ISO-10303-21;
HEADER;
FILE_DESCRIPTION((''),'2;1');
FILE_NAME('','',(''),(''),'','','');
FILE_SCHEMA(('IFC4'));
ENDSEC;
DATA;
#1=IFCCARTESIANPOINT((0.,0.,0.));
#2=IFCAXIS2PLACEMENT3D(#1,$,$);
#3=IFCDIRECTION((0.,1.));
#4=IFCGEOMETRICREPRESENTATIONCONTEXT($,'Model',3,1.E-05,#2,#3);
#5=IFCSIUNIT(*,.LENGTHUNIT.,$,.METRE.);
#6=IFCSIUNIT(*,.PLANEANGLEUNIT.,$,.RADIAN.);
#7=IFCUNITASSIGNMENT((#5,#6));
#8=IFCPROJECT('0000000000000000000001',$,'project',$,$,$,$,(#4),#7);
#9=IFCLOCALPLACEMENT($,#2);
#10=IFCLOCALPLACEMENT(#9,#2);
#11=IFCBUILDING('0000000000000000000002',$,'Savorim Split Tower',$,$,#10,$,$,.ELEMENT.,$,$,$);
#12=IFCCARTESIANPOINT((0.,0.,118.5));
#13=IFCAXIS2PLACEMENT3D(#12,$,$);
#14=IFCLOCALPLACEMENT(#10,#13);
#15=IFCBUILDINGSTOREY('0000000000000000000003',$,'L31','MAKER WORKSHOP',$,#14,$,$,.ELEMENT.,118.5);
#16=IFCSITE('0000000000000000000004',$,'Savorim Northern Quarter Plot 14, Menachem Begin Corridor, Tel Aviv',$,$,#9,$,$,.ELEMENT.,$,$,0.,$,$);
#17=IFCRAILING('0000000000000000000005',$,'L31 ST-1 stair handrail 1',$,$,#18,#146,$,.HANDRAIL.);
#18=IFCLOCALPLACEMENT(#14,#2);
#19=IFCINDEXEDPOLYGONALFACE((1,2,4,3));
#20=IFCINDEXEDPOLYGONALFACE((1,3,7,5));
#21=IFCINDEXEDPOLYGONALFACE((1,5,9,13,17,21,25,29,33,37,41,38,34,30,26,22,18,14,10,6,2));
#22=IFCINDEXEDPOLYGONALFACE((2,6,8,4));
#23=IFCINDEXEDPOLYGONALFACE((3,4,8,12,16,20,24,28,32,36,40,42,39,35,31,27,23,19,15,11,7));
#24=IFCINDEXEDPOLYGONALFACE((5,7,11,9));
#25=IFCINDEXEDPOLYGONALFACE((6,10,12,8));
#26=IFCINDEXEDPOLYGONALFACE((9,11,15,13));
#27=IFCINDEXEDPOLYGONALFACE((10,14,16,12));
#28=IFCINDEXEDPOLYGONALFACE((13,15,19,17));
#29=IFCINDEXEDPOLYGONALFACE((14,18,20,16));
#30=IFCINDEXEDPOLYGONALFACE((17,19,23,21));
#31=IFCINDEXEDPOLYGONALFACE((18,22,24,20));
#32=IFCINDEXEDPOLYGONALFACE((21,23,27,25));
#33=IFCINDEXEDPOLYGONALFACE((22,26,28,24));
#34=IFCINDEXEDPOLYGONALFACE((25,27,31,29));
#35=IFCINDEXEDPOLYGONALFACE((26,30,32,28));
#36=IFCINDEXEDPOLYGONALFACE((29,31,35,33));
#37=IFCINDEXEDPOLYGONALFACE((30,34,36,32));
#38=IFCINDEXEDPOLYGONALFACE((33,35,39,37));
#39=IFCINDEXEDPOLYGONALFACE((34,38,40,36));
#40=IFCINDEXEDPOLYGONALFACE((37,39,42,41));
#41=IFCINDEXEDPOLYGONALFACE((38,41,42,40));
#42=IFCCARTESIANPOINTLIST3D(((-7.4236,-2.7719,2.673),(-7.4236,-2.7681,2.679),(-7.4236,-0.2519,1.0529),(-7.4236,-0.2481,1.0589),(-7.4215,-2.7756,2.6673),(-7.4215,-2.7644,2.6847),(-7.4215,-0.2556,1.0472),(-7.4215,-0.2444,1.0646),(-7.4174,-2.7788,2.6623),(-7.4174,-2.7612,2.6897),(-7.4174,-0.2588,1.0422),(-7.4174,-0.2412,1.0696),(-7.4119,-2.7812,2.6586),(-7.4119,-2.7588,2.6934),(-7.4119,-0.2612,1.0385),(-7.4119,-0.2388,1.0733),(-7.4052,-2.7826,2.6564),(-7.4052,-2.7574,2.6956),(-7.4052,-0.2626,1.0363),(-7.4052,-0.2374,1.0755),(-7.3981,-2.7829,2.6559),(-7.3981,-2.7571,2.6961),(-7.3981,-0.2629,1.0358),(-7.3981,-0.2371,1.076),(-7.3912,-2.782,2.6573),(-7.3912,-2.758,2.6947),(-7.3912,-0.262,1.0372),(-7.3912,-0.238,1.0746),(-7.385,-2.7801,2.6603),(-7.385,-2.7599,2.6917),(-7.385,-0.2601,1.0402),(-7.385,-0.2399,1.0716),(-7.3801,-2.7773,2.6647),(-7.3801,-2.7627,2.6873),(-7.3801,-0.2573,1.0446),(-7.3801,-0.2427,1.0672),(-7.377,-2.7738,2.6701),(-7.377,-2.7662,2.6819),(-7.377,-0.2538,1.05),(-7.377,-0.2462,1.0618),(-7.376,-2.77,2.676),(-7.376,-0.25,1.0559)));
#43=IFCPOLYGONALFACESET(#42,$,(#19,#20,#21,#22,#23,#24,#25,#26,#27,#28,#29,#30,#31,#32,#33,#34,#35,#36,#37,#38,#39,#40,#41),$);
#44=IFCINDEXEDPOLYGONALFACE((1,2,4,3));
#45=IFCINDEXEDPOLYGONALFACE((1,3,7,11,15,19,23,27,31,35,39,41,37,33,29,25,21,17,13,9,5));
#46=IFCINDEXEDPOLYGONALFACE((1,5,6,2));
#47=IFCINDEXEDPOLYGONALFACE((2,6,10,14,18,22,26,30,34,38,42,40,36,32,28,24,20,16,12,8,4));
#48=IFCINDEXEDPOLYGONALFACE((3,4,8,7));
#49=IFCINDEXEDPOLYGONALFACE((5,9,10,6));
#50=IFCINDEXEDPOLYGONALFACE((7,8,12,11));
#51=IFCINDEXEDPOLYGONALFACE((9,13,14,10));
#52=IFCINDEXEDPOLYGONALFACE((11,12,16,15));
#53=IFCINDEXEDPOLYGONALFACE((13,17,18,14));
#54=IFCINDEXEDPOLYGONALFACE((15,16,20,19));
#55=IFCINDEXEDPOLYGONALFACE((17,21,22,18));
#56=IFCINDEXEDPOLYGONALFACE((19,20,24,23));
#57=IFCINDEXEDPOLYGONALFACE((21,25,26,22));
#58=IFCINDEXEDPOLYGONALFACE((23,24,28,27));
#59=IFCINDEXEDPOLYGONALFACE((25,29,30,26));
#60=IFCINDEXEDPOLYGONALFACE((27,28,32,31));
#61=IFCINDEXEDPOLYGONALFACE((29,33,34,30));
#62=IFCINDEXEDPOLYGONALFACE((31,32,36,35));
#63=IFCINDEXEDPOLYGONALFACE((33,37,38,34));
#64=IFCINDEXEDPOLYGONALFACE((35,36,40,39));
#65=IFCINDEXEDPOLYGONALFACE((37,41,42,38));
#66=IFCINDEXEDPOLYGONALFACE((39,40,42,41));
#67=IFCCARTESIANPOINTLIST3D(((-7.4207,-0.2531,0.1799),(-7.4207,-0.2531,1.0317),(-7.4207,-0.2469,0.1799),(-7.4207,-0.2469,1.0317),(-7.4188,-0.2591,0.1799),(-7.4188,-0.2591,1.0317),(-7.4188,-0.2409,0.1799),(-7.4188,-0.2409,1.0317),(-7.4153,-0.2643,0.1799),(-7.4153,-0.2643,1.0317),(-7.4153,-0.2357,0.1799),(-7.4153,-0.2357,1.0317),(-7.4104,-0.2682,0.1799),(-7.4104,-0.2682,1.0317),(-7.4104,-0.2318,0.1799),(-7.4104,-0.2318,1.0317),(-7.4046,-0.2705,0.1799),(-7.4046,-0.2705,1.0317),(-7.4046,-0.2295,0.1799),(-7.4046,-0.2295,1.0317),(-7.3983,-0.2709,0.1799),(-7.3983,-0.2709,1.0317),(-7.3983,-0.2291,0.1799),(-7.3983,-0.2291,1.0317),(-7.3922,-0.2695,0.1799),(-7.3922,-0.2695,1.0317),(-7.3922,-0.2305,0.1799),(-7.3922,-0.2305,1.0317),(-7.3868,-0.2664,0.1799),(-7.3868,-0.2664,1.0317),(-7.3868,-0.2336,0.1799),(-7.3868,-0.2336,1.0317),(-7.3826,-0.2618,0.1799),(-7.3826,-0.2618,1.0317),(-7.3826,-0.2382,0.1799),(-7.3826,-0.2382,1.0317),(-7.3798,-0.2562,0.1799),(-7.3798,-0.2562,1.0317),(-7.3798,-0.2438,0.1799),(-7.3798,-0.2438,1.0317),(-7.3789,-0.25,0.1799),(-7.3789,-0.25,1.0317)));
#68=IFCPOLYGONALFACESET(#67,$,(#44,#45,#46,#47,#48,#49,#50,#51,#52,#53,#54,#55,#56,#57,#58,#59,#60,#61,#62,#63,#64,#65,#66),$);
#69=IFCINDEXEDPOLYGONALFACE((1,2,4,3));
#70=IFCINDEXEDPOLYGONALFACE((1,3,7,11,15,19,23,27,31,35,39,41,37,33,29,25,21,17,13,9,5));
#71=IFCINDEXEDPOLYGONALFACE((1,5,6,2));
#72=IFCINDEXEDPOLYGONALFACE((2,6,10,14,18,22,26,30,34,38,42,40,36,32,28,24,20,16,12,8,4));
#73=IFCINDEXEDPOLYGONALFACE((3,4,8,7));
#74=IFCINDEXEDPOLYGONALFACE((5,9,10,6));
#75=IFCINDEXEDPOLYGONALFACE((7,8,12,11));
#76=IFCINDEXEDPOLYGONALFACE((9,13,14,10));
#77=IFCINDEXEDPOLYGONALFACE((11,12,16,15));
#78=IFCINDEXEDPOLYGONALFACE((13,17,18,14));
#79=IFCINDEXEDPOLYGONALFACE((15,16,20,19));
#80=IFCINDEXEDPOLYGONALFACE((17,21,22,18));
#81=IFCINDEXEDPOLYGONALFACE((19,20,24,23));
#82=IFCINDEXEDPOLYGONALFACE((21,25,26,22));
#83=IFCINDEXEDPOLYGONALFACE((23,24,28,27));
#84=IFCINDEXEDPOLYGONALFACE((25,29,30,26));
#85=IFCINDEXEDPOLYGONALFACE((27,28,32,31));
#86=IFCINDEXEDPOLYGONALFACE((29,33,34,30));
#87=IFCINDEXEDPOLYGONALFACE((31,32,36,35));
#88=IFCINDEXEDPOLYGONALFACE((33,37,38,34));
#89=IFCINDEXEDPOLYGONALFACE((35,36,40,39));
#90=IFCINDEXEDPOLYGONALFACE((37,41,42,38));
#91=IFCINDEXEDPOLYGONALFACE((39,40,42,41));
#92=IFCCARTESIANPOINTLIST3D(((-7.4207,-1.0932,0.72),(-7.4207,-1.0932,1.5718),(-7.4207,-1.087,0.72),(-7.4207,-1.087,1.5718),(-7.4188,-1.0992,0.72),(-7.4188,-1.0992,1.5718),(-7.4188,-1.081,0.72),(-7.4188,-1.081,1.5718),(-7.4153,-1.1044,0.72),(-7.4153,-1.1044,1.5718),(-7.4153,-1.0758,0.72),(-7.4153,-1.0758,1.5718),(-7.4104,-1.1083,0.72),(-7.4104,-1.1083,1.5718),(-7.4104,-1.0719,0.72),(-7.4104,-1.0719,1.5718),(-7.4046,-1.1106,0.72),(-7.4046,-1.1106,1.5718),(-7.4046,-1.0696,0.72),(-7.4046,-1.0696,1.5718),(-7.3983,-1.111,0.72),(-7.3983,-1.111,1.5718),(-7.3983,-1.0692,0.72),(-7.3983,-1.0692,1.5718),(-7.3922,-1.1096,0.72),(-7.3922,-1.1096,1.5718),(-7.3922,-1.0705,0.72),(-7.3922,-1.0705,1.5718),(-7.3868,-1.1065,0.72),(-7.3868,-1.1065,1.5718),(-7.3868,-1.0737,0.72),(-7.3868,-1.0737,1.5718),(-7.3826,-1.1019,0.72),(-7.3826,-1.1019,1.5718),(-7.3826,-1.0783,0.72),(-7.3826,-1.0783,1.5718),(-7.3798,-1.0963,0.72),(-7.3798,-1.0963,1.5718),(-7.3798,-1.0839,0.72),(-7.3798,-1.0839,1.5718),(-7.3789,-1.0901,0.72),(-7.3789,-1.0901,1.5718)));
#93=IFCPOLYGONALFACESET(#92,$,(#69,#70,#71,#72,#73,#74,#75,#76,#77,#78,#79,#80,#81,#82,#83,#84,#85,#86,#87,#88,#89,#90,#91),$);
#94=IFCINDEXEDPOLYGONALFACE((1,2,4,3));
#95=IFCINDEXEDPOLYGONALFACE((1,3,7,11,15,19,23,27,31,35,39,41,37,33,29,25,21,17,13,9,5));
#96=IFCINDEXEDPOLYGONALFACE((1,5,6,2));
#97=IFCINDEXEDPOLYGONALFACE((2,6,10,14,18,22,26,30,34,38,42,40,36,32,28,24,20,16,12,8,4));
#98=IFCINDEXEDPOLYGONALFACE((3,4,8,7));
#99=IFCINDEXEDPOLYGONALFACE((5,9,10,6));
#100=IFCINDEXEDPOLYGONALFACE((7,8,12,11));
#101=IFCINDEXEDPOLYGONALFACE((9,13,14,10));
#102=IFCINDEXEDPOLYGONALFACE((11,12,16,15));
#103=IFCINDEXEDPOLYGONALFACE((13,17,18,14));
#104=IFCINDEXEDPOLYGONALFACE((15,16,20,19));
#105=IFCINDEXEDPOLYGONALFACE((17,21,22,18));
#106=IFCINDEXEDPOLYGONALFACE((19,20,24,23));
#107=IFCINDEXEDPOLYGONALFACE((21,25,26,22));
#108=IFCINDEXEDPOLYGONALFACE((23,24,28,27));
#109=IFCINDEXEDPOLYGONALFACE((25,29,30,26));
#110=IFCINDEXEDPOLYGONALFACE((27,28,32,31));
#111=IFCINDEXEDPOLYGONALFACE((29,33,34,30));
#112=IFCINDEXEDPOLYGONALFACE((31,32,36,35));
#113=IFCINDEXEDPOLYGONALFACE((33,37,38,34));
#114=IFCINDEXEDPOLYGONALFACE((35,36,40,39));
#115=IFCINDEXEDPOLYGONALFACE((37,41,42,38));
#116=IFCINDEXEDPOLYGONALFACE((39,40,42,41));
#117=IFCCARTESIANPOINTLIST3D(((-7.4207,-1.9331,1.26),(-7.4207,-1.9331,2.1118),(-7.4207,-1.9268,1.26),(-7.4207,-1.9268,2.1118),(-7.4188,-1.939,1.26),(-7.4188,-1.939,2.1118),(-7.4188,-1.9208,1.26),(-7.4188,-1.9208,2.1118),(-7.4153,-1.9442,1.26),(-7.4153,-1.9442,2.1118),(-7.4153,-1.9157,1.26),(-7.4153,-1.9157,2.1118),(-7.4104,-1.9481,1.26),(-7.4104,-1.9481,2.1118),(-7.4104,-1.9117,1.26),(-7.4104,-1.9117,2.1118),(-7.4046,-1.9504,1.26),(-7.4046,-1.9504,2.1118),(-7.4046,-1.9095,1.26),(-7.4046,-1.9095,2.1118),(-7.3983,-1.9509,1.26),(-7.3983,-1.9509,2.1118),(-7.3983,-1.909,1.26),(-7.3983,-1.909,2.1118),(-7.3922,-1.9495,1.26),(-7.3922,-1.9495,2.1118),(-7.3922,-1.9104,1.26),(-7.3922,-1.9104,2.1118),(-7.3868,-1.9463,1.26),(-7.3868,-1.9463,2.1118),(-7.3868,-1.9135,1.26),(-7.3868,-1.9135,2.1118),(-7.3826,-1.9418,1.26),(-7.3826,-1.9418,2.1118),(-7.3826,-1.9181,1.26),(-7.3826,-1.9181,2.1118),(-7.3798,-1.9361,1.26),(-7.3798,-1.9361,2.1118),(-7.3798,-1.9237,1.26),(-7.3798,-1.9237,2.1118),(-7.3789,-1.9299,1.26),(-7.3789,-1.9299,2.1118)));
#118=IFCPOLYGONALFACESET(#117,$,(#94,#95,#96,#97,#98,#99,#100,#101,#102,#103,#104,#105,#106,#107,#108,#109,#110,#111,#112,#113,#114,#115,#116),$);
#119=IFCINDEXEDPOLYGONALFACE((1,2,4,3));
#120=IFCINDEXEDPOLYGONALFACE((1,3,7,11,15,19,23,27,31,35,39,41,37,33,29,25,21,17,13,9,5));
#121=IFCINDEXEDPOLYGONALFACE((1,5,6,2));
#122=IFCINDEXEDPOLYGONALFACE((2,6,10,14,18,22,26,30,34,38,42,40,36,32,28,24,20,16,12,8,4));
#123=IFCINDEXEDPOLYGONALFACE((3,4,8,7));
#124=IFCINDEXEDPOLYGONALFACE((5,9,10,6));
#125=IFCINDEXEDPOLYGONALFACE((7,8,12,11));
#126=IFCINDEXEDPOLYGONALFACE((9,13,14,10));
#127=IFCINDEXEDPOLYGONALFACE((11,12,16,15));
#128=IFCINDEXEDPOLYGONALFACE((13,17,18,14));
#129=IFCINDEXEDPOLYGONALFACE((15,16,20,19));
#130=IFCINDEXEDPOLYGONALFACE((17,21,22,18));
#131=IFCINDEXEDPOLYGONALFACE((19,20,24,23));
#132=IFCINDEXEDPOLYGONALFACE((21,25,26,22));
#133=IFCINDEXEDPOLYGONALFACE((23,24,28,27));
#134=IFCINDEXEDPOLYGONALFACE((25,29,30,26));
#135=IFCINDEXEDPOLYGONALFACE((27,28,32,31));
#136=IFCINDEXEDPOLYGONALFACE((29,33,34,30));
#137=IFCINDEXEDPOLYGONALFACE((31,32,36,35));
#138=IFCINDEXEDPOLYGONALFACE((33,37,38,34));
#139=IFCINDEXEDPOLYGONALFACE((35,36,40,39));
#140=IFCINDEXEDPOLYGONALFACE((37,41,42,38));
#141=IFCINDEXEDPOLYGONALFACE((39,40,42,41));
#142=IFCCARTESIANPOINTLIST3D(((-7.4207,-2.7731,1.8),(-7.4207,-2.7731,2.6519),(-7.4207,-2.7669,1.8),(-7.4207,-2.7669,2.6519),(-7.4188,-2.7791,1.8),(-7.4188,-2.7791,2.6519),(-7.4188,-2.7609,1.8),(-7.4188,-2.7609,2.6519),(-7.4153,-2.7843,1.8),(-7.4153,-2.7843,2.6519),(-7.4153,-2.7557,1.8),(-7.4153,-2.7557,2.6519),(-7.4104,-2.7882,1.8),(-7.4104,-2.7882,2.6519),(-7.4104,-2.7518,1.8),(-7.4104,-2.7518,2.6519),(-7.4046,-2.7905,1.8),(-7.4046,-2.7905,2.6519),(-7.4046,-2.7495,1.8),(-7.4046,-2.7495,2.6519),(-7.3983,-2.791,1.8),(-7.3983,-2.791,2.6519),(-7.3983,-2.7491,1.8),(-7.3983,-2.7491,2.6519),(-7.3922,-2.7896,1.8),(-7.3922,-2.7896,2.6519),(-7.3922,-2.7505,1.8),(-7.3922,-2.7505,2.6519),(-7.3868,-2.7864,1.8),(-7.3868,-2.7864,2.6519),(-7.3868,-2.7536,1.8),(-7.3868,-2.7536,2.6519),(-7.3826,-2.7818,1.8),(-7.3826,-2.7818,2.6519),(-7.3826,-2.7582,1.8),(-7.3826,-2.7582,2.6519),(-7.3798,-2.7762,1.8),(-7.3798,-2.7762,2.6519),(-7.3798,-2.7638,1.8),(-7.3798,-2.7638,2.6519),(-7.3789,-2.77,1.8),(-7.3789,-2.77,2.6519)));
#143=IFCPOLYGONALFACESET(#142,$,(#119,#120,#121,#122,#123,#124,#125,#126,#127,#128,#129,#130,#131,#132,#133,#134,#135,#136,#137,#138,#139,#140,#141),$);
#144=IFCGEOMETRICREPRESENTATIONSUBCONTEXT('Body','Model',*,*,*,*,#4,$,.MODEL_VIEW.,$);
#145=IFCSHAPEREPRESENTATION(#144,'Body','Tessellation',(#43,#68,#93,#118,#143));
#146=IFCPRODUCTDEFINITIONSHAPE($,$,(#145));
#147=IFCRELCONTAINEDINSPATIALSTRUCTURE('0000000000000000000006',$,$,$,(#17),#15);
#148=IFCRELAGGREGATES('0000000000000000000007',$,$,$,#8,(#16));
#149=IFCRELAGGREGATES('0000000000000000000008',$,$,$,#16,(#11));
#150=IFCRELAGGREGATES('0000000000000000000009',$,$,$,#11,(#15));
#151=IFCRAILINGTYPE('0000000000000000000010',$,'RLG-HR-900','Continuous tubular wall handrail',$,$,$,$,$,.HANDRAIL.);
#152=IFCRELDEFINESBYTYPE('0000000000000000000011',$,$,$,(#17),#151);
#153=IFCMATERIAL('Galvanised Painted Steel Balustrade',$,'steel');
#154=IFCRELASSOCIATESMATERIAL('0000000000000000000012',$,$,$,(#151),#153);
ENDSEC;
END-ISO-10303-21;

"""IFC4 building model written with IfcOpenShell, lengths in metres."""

from ifc_helpers import new_model, si_unit, direction, frame, origin, origin_2d, place, context, subcontext, project, spatial, circle, extrude, material, type_object, element, save


model = new_model("IFC4")

# Units and contexts
model_context = context("Model", 3, precision=1e-05, world=origin(), true_north=direction((0.0, 1.0)))
body_context = subcontext(model_context, "Body", "Model", "MODEL_VIEW")
ifc_project = project(units=[si_unit("LENGTHUNIT", "METRE"), si_unit("PLANEANGLEUNIT", "RADIAN")], contexts=[model_context])

# Site, building, storey
site_placement = place(None, origin())
site = spatial("IfcSite", under=ifc_project, at=site_placement, Name="Savorim Northern Quarter Plot 14, Menachem Begin Corridor, Tel Aviv", CompositionType="ELEMENT", RefElevation=0.0)
building_placement = place(site_placement, origin())
building = spatial("IfcBuilding", under=site, at=building_placement, Name="Savorim Split Tower", CompositionType="ELEMENT")
storey_placement = place(building_placement, frame((0.0, 0.0, 118.5)))
storey = spatial("IfcBuildingStorey", under=building, at=storey_placement, Name="L31", Description="MAKER WORKSHOP", CompositionType="ELEMENT", Elevation=118.5)

# Railing
ifc_material_1 = material(Name="Galvanised Painted Steel Balustrade", Category="steel")
railing_type_1 = type_object("IfcRailingType", Name="RLG-HR-900", Description="Continuous tubular wall handrail", PredefinedType="HANDRAIL", material=ifc_material_1)
railing_1_placement = place(storey_placement, frame((-7.3999, -0.25, 0.1799)))
element("IfcRailing", 1, at=railing_1_placement, inside=storey, type_object=railing_type_1, Name="L31 ST-1 stair handrail 1", PredefinedType="HANDRAIL", context=body_context, shape_type="SweptSolid", body=[
    extrude(circle(Radius=0.0239, at=origin_2d()), frame((0.0, 0.0, 0.876), z_axis=(0.0, -0.841163, 0.540782), x_axis=(1.0, 0.0, 0.0)), (0.0, 0.0, 1.0), 2.9958),
    extrude(circle(Radius=0.021, at=origin_2d()), origin(), (0.0, 0.0, 1.0), 0.8518),
    extrude(circle(Radius=0.021, at=origin_2d()), frame((0.0, -0.8401, 0.54)), (0.0, 0.0, 1.0), 0.8518),
    extrude(circle(Radius=0.021, at=origin_2d()), frame((0.0, -1.6799, 1.0801)), (0.0, 0.0, 1.0), 0.8518),
    extrude(circle(Radius=0.021, at=origin_2d()), frame((0.0, -2.52, 1.6201)), (0.0, 0.0, 1.0), 0.8518),
])

save(model, "model.ifc")
